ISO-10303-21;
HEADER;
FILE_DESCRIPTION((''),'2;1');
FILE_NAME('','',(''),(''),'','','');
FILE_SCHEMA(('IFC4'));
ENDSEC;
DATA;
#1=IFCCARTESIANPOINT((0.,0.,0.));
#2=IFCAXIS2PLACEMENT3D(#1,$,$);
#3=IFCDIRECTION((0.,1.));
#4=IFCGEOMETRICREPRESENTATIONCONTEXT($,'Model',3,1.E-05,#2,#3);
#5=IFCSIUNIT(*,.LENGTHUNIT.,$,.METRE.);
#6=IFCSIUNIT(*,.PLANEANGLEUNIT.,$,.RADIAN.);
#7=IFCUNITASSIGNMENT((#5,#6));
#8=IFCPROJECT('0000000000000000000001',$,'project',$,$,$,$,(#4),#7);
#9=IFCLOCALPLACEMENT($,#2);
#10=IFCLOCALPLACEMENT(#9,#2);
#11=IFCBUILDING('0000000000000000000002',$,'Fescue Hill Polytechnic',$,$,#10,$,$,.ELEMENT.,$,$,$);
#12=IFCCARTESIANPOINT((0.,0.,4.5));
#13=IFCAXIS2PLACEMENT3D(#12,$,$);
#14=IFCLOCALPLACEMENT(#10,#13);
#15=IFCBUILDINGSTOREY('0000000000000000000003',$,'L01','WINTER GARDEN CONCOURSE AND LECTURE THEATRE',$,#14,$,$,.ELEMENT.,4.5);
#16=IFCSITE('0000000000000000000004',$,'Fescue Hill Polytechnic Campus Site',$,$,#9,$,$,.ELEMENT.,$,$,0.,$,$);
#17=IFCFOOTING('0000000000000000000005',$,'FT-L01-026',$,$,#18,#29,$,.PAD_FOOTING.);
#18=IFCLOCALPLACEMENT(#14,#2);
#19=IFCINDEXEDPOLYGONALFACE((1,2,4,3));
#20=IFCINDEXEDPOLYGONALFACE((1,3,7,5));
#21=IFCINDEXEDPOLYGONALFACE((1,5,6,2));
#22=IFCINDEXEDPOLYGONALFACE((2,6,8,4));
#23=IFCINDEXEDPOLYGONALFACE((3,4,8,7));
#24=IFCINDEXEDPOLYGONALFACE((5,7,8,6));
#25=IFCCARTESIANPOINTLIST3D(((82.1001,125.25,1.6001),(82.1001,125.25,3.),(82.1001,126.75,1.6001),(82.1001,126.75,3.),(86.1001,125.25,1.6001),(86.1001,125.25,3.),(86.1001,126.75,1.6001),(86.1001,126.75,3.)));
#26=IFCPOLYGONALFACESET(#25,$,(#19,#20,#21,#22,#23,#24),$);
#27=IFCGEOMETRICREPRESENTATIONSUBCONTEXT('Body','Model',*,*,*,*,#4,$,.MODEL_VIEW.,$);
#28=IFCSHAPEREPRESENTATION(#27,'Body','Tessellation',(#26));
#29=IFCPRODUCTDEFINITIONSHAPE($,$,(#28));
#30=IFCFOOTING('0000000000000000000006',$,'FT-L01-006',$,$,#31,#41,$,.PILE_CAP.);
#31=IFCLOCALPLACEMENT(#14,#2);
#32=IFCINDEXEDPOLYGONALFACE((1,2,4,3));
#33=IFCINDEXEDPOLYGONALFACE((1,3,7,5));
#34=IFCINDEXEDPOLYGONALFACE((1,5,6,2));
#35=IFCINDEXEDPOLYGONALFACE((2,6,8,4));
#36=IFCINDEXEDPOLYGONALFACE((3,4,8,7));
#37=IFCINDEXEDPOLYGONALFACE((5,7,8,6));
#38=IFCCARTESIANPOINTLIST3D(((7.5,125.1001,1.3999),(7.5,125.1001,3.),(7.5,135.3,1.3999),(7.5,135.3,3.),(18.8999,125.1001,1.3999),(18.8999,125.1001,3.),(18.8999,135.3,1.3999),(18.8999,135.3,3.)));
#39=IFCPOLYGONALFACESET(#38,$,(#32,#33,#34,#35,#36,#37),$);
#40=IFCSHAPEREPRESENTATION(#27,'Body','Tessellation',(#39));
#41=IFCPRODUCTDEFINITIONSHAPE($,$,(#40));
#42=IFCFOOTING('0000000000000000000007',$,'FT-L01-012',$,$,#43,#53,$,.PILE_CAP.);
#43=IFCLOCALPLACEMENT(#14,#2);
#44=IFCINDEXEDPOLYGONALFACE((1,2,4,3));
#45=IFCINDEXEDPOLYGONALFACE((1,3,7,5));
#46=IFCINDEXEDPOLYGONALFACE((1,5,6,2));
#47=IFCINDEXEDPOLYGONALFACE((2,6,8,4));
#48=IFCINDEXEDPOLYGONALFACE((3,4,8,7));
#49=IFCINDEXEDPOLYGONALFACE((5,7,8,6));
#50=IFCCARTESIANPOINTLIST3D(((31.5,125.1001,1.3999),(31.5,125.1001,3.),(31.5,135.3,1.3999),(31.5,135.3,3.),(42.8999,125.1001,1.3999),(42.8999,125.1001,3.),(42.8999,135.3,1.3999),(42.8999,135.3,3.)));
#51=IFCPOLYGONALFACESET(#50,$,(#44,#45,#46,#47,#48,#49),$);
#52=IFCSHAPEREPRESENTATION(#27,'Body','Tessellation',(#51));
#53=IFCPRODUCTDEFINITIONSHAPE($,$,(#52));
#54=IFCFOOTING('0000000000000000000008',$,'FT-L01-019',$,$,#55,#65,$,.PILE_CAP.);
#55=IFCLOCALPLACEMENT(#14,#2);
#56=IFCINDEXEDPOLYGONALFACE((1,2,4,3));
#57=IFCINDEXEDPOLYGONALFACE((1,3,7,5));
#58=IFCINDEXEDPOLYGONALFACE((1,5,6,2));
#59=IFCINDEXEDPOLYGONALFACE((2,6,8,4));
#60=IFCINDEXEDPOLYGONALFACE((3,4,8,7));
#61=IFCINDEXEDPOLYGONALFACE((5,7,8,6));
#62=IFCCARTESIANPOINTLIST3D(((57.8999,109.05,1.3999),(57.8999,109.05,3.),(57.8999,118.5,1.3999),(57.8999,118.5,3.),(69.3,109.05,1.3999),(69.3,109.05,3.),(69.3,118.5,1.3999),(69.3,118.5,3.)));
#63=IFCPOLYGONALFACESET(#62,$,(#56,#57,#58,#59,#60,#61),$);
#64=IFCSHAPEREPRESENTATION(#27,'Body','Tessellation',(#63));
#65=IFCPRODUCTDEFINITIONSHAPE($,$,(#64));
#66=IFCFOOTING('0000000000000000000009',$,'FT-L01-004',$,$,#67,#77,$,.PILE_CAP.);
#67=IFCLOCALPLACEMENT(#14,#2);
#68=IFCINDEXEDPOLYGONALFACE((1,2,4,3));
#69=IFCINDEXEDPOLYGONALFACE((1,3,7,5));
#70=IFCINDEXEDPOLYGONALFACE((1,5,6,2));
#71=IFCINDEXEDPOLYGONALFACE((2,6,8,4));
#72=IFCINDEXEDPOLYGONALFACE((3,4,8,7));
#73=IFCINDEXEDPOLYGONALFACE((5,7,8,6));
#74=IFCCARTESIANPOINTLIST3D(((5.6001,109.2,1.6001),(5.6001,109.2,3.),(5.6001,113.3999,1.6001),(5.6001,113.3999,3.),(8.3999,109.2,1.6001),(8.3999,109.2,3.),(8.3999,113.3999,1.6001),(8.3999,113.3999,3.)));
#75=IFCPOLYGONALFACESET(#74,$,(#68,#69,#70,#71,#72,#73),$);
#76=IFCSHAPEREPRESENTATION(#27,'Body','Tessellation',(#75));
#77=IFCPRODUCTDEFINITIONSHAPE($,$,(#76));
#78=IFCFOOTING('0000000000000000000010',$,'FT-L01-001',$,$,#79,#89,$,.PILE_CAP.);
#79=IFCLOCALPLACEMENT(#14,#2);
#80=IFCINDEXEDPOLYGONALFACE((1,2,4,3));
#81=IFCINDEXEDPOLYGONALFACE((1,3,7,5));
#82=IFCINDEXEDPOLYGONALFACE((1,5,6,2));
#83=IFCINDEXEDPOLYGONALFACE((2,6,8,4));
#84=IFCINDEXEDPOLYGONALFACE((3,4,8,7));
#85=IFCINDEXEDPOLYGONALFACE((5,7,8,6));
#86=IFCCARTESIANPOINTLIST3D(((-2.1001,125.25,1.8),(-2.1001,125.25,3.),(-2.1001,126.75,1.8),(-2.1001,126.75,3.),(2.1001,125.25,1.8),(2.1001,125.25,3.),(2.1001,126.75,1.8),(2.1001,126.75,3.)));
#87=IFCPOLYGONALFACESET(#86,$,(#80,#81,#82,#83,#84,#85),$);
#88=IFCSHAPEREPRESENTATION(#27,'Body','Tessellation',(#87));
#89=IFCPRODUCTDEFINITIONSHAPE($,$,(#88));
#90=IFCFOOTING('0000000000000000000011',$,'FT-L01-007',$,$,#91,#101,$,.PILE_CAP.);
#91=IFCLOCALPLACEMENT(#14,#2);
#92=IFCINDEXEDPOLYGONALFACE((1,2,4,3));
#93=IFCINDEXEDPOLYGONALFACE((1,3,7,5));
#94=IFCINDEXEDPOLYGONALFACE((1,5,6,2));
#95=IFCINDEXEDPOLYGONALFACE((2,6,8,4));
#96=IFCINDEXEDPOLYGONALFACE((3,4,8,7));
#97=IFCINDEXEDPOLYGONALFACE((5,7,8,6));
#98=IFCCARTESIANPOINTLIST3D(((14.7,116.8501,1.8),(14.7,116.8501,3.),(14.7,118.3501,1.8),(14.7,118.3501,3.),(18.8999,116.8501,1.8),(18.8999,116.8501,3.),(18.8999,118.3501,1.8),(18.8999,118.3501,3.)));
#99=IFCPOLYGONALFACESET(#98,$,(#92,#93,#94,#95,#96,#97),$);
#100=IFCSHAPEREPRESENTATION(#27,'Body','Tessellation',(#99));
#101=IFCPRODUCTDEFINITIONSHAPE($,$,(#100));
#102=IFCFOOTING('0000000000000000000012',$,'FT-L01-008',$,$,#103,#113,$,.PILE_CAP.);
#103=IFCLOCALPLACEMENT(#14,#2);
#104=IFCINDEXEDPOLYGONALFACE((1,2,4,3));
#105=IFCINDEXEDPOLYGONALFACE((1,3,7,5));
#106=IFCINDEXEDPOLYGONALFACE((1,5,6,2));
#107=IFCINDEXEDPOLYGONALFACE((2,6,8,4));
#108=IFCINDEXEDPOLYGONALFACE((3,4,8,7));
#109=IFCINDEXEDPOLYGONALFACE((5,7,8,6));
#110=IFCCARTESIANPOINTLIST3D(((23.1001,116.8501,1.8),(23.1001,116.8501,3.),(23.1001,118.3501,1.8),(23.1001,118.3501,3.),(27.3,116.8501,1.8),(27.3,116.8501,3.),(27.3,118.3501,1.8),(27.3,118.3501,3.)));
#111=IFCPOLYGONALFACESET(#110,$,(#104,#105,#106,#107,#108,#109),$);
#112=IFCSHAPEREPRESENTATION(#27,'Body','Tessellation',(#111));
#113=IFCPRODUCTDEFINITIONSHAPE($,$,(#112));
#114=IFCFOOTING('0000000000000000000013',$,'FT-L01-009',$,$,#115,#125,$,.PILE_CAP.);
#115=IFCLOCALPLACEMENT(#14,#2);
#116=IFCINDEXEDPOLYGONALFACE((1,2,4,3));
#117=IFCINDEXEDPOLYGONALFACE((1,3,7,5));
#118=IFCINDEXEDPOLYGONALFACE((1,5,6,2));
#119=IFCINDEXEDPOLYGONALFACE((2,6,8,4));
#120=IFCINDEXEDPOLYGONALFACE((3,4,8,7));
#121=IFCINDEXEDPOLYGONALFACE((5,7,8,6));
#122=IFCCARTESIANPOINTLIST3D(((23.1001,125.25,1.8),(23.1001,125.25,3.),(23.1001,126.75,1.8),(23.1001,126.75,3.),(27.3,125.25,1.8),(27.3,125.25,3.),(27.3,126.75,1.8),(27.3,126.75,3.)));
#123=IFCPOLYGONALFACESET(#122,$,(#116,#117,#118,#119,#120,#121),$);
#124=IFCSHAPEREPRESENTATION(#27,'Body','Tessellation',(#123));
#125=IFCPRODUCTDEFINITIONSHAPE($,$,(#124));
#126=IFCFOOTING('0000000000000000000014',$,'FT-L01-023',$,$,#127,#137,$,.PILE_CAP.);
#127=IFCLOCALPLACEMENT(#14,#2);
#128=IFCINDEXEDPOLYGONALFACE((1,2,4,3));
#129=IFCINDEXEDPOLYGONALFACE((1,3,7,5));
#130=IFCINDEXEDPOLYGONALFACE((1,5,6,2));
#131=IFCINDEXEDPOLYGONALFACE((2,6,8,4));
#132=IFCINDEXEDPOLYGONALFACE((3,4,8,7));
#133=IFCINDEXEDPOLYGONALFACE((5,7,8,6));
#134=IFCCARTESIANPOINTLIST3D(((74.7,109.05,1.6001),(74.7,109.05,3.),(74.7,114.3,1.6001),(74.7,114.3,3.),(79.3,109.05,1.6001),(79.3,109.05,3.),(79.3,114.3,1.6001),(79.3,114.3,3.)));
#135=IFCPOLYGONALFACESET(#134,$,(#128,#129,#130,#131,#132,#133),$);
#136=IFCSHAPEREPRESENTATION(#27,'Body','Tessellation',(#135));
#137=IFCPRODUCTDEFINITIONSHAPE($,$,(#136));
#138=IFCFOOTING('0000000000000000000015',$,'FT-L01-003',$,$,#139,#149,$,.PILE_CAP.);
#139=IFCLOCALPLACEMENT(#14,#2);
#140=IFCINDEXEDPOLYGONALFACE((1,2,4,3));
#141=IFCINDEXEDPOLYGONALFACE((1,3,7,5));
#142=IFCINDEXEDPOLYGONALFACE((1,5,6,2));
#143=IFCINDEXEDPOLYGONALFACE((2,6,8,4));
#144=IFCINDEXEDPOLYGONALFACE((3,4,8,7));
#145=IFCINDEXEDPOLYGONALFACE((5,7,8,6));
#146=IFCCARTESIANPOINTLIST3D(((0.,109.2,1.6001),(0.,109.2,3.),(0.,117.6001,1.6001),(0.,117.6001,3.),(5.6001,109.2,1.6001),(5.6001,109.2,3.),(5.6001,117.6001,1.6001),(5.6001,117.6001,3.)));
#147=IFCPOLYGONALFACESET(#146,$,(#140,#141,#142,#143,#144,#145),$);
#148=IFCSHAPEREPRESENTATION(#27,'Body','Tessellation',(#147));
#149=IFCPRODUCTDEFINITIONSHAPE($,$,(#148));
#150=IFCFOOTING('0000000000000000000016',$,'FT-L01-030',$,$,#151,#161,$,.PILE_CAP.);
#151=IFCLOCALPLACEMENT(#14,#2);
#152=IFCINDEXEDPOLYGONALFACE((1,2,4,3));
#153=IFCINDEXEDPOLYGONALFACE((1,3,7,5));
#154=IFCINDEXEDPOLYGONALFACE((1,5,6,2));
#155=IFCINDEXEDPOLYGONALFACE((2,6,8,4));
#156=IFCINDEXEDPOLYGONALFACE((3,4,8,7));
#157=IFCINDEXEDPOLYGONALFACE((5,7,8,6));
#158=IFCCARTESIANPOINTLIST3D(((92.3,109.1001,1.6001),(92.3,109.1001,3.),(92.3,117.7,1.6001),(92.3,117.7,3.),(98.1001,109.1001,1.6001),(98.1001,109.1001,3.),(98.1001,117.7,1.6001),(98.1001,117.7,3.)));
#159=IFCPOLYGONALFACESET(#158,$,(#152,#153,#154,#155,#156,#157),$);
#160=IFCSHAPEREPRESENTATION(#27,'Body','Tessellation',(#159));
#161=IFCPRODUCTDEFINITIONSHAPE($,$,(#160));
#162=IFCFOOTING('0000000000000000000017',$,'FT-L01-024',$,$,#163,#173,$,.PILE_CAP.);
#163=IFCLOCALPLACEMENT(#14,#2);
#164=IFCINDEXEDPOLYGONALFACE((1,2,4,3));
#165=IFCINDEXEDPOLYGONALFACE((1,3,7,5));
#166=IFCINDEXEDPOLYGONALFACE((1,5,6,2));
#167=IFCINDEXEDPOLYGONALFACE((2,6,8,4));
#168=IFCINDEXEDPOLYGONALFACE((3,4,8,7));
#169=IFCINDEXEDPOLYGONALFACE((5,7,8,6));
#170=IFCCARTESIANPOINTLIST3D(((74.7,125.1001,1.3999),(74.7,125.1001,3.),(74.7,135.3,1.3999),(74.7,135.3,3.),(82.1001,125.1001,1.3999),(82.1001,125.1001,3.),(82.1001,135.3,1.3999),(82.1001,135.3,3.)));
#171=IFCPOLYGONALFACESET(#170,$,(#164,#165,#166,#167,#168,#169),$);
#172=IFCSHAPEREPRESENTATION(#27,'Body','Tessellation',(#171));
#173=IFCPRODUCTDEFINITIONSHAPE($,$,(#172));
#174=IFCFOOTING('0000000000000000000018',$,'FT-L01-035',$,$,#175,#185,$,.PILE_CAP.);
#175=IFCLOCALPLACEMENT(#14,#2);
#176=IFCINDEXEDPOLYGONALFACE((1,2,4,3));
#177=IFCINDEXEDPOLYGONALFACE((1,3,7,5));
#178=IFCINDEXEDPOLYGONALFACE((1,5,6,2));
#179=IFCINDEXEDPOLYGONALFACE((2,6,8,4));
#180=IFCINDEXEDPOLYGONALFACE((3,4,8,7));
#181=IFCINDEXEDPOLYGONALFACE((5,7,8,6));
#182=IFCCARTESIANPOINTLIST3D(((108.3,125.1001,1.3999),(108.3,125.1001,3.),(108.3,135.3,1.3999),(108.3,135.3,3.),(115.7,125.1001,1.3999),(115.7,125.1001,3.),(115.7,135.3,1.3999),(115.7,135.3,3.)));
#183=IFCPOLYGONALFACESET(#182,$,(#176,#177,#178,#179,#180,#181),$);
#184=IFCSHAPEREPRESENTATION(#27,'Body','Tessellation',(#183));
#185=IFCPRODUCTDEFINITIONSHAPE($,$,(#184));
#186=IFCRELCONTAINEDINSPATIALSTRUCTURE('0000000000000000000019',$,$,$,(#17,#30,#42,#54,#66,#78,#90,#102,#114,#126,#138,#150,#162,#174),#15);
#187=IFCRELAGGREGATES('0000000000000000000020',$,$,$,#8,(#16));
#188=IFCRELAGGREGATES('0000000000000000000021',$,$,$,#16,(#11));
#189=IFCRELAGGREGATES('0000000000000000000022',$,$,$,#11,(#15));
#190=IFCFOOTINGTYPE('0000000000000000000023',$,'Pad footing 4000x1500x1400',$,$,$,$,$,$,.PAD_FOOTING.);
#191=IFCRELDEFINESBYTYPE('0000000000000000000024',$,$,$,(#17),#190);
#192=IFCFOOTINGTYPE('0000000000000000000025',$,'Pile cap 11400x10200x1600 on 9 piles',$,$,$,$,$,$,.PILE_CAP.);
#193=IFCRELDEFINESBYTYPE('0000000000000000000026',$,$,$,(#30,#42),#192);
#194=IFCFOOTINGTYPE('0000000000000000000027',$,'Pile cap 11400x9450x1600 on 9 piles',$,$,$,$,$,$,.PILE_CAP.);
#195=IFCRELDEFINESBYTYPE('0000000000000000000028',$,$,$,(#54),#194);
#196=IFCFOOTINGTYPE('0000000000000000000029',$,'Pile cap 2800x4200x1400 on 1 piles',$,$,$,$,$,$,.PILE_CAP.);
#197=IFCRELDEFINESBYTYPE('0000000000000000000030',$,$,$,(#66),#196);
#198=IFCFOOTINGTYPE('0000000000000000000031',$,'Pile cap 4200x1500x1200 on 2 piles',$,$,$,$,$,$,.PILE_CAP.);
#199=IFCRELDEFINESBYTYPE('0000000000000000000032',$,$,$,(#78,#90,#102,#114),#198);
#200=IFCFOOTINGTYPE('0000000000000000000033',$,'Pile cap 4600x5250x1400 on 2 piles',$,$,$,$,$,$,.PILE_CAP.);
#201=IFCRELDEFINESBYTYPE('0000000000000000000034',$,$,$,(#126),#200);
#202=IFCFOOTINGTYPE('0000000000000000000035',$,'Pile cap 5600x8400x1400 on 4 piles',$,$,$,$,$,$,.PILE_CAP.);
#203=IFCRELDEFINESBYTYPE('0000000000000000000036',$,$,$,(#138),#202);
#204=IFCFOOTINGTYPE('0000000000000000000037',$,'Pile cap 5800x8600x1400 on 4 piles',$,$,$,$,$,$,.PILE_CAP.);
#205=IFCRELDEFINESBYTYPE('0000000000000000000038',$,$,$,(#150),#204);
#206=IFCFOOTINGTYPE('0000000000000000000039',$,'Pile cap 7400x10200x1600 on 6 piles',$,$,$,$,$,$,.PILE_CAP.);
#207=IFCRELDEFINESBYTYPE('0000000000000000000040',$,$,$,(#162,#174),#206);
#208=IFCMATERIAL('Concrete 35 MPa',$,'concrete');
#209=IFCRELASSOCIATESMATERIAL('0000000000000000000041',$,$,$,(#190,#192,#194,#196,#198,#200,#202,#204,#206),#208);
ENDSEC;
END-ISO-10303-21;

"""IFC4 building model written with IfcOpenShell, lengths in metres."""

from ifc_helpers import new_model, si_unit, direction, frame, origin, place, context, subcontext, project, spatial, polyline, outline, extrude, material, type_object, element, save


model = new_model("IFC4")

# Units and contexts
model_context = context("Model", 3, precision=1e-05, world=origin(), true_north=direction((0.0, 1.0)))
body_context = subcontext(model_context, "Body", "Model", "MODEL_VIEW")
ifc_project = project(units=[si_unit("LENGTHUNIT", "METRE"), si_unit("PLANEANGLEUNIT", "RADIAN")], contexts=[model_context])

# Site, building, storey
site_placement = place(None, origin())
site = spatial("IfcSite", under=ifc_project, at=site_placement, Name="Fescue Hill Polytechnic Campus Site", CompositionType="ELEMENT", RefElevation=0.0)
building_placement = place(site_placement, origin())
building = spatial("IfcBuilding", under=site, at=building_placement, Name="Fescue Hill Polytechnic", CompositionType="ELEMENT")
storey_placement = place(building_placement, frame((0.0, 0.0, 4.5)))
storey = spatial("IfcBuildingStorey", under=building, at=storey_placement, Name="L01", Description="WINTER GARDEN CONCOURSE AND LECTURE THEATRE", CompositionType="ELEMENT", Elevation=4.5)

# Footings
ifc_material_1 = material(Name="Concrete 35 MPa", Category="concrete")
footing_type_1 = type_object("IfcFootingType", Name="Pad footing 4000x1500x1400", PredefinedType="PAD_FOOTING", material=ifc_material_1)
footing_1_placement = place(storey_placement, frame((0.0, 0.0, 1.6001)))
element("IfcFooting", 1, at=footing_1_placement, inside=storey, type_object=footing_type_1, Name="FT-L01-026", PredefinedType="PAD_FOOTING", context=body_context, shape_type="SweptSolid", body=[
    extrude(outline(polyline([(86.1001, 125.25), (86.1001, 126.75), (82.1001, 126.75), (82.1001, 125.25), (86.1001, 125.25)])), origin(), (0.0, 0.0, 1.0), 1.3999),
])
footing_type_2 = type_object("IfcFootingType", Name="Pile cap 11400x10200x1600 on 9 piles", PredefinedType="PILE_CAP", material=ifc_material_1)
footing_2_placement = place(storey_placement, frame((0.0, 0.0, 1.3999)))
element("IfcFooting", 2, at=footing_2_placement, inside=storey, type_object=footing_type_2, Name="FT-L01-006", PredefinedType="PILE_CAP", context=body_context, shape_type="SweptSolid", body=[
    extrude(outline(polyline([(18.8999, 125.1001), (18.8999, 135.3), (7.5, 135.3), (7.5, 125.1001), (18.8999, 125.1001)])), origin(), (0.0, 0.0, 1.0), 1.6001),
])
footing_3_placement = place(storey_placement, frame((0.0, 0.0, 1.3999)))
element("IfcFooting", 3, at=footing_3_placement, inside=storey, type_object=footing_type_2, Name="FT-L01-012", PredefinedType="PILE_CAP", context=body_context, shape_type="SweptSolid", body=[
    extrude(outline(polyline([(42.8999, 125.1001), (42.8999, 135.3), (31.5, 135.3), (31.5, 125.1001), (42.8999, 125.1001)])), origin(), (0.0, 0.0, 1.0), 1.6001),
])
footing_type_3 = type_object("IfcFootingType", Name="Pile cap 11400x9450x1600 on 9 piles", PredefinedType="PILE_CAP", material=ifc_material_1)
footing_4_placement = place(storey_placement, frame((0.0, 0.0, 1.3999)))
element("IfcFooting", 4, at=footing_4_placement, inside=storey, type_object=footing_type_3, Name="FT-L01-019", PredefinedType="PILE_CAP", context=body_context, shape_type="SweptSolid", body=[
    extrude(outline(polyline([(69.3, 109.05), (69.3, 118.5), (57.8999, 118.5), (57.8999, 109.05), (69.3, 109.05)])), origin(), (0.0, 0.0, 1.0), 1.6001),
])
footing_type_4 = type_object("IfcFootingType", Name="Pile cap 2800x4200x1400 on 1 piles", PredefinedType="PILE_CAP", material=ifc_material_1)
footing_5_placement = place(storey_placement, frame((0.0, 0.0, 1.6001)))
element("IfcFooting", 5, at=footing_5_placement, inside=storey, type_object=footing_type_4, Name="FT-L01-004", PredefinedType="PILE_CAP", context=body_context, shape_type="SweptSolid", body=[
    extrude(outline(polyline([(8.3999, 109.2), (8.3999, 113.3999), (5.6001, 113.3999), (5.6001, 109.2), (8.3999, 109.2)])), origin(), (0.0, 0.0, 1.0), 1.3999),
])
footing_type_5 = type_object("IfcFootingType", Name="Pile cap 4200x1500x1200 on 2 piles", PredefinedType="PILE_CAP", material=ifc_material_1)
footing_6_placement = place(storey_placement, frame((0.0, 0.0, 1.8)))
element("IfcFooting", 6, at=footing_6_placement, inside=storey, type_object=footing_type_5, Name="FT-L01-001", PredefinedType="PILE_CAP", context=body_context, shape_type="SweptSolid", body=[
    extrude(outline(polyline([(2.1001, 125.25), (2.1001, 126.75), (-2.1001, 126.75), (-2.1001, 125.25), (2.1001, 125.25)])), origin(), (0.0, 0.0, 1.0), 1.2),
])
footing_7_placement = place(storey_placement, frame((0.0, 0.0, 1.8)))
element("IfcFooting", 7, at=footing_7_placement, inside=storey, type_object=footing_type_5, Name="FT-L01-007", PredefinedType="PILE_CAP", context=body_context, shape_type="SweptSolid", body=[
    extrude(outline(polyline([(18.8999, 116.8501), (18.8999, 118.3501), (14.7, 118.3501), (14.7, 116.8501), (18.8999, 116.8501)])), origin(), (0.0, 0.0, 1.0), 1.2),
])
footing_8_placement = place(storey_placement, frame((0.0, 0.0, 1.8)))
element("IfcFooting", 8, at=footing_8_placement, inside=storey, type_object=footing_type_5, Name="FT-L01-008", PredefinedType="PILE_CAP", context=body_context, shape_type="SweptSolid", body=[
    extrude(outline(polyline([(27.3, 116.8501), (27.3, 118.3501), (23.1001, 118.3501), (23.1001, 116.8501), (27.3, 116.8501)])), origin(), (0.0, 0.0, 1.0), 1.2),
])
footing_9_placement = place(storey_placement, frame((0.0, 0.0, 1.8)))
element("IfcFooting", 9, at=footing_9_placement, inside=storey, type_object=footing_type_5, Name="FT-L01-009", PredefinedType="PILE_CAP", context=body_context, shape_type="SweptSolid", body=[
    extrude(outline(polyline([(27.3, 125.25), (27.3, 126.75), (23.1001, 126.75), (23.1001, 125.25), (27.3, 125.25)])), origin(), (0.0, 0.0, 1.0), 1.2),
])
footing_type_6 = type_object("IfcFootingType", Name="Pile cap 4600x5250x1400 on 2 piles", PredefinedType="PILE_CAP", material=ifc_material_1)
footing_10_placement = place(storey_placement, frame((0.0, 0.0, 1.6001)))
element("IfcFooting", 10, at=footing_10_placement, inside=storey, type_object=footing_type_6, Name="FT-L01-023", PredefinedType="PILE_CAP", context=body_context, shape_type="SweptSolid", body=[
    extrude(outline(polyline([(74.7, 114.3), (79.3, 114.3), (79.3, 109.05), (74.7, 109.05), (74.7, 114.3)])), origin(), (0.0, 0.0, 1.0), 1.3999),
])
footing_type_7 = type_object("IfcFootingType", Name="Pile cap 5600x8400x1400 on 4 piles", PredefinedType="PILE_CAP", material=ifc_material_1)
footing_11_placement = place(storey_placement, frame((0.0, 0.0, 1.6001)))
element("IfcFooting", 11, at=footing_11_placement, inside=storey, type_object=footing_type_7, Name="FT-L01-003", PredefinedType="PILE_CAP", context=body_context, shape_type="SweptSolid", body=[
    extrude(outline(polyline([(5.6001, 109.2), (5.6001, 117.6001), (0.0, 117.6001), (0.0, 109.2), (5.6001, 109.2)])), origin(), (0.0, 0.0, 1.0), 1.3999),
])
footing_type_8 = type_object("IfcFootingType", Name="Pile cap 5800x8600x1400 on 4 piles", PredefinedType="PILE_CAP", material=ifc_material_1)
footing_12_placement = place(storey_placement, frame((0.0, 0.0, 1.6001)))
element("IfcFooting", 12, at=footing_12_placement, inside=storey, type_object=footing_type_8, Name="FT-L01-030", PredefinedType="PILE_CAP", context=body_context, shape_type="SweptSolid", body=[
    extrude(outline(polyline([(98.1001, 109.1001), (98.1001, 117.7), (92.3, 117.7), (92.3, 109.1001), (98.1001, 109.1001)])), origin(), (0.0, 0.0, 1.0), 1.3999),
])
footing_type_9 = type_object("IfcFootingType", Name="Pile cap 7400x10200x1600 on 6 piles", PredefinedType="PILE_CAP", material=ifc_material_1)
footing_13_placement = place(storey_placement, frame((0.0, 0.0, 1.3999)))
element("IfcFooting", 13, at=footing_13_placement, inside=storey, type_object=footing_type_9, Name="FT-L01-024", PredefinedType="PILE_CAP", context=body_context, shape_type="SweptSolid", body=[
    extrude(outline(polyline([(82.1001, 125.1001), (82.1001, 135.3), (74.7, 135.3), (74.7, 125.1001), (82.1001, 125.1001)])), origin(), (0.0, 0.0, 1.0), 1.6001),
])
footing_14_placement = place(storey_placement, frame((0.0, 0.0, 1.3999)))
element("IfcFooting", 14, at=footing_14_placement, inside=storey, type_object=footing_type_9, Name="FT-L01-035", PredefinedType="PILE_CAP", context=body_context, shape_type="SweptSolid", body=[
    extrude(outline(polyline([(108.3, 125.1001), (108.3, 135.3), (115.7, 135.3), (115.7, 125.1001), (108.3, 125.1001)])), origin(), (0.0, 0.0, 1.0), 1.6001),
])

save(model, "model.ifc")
